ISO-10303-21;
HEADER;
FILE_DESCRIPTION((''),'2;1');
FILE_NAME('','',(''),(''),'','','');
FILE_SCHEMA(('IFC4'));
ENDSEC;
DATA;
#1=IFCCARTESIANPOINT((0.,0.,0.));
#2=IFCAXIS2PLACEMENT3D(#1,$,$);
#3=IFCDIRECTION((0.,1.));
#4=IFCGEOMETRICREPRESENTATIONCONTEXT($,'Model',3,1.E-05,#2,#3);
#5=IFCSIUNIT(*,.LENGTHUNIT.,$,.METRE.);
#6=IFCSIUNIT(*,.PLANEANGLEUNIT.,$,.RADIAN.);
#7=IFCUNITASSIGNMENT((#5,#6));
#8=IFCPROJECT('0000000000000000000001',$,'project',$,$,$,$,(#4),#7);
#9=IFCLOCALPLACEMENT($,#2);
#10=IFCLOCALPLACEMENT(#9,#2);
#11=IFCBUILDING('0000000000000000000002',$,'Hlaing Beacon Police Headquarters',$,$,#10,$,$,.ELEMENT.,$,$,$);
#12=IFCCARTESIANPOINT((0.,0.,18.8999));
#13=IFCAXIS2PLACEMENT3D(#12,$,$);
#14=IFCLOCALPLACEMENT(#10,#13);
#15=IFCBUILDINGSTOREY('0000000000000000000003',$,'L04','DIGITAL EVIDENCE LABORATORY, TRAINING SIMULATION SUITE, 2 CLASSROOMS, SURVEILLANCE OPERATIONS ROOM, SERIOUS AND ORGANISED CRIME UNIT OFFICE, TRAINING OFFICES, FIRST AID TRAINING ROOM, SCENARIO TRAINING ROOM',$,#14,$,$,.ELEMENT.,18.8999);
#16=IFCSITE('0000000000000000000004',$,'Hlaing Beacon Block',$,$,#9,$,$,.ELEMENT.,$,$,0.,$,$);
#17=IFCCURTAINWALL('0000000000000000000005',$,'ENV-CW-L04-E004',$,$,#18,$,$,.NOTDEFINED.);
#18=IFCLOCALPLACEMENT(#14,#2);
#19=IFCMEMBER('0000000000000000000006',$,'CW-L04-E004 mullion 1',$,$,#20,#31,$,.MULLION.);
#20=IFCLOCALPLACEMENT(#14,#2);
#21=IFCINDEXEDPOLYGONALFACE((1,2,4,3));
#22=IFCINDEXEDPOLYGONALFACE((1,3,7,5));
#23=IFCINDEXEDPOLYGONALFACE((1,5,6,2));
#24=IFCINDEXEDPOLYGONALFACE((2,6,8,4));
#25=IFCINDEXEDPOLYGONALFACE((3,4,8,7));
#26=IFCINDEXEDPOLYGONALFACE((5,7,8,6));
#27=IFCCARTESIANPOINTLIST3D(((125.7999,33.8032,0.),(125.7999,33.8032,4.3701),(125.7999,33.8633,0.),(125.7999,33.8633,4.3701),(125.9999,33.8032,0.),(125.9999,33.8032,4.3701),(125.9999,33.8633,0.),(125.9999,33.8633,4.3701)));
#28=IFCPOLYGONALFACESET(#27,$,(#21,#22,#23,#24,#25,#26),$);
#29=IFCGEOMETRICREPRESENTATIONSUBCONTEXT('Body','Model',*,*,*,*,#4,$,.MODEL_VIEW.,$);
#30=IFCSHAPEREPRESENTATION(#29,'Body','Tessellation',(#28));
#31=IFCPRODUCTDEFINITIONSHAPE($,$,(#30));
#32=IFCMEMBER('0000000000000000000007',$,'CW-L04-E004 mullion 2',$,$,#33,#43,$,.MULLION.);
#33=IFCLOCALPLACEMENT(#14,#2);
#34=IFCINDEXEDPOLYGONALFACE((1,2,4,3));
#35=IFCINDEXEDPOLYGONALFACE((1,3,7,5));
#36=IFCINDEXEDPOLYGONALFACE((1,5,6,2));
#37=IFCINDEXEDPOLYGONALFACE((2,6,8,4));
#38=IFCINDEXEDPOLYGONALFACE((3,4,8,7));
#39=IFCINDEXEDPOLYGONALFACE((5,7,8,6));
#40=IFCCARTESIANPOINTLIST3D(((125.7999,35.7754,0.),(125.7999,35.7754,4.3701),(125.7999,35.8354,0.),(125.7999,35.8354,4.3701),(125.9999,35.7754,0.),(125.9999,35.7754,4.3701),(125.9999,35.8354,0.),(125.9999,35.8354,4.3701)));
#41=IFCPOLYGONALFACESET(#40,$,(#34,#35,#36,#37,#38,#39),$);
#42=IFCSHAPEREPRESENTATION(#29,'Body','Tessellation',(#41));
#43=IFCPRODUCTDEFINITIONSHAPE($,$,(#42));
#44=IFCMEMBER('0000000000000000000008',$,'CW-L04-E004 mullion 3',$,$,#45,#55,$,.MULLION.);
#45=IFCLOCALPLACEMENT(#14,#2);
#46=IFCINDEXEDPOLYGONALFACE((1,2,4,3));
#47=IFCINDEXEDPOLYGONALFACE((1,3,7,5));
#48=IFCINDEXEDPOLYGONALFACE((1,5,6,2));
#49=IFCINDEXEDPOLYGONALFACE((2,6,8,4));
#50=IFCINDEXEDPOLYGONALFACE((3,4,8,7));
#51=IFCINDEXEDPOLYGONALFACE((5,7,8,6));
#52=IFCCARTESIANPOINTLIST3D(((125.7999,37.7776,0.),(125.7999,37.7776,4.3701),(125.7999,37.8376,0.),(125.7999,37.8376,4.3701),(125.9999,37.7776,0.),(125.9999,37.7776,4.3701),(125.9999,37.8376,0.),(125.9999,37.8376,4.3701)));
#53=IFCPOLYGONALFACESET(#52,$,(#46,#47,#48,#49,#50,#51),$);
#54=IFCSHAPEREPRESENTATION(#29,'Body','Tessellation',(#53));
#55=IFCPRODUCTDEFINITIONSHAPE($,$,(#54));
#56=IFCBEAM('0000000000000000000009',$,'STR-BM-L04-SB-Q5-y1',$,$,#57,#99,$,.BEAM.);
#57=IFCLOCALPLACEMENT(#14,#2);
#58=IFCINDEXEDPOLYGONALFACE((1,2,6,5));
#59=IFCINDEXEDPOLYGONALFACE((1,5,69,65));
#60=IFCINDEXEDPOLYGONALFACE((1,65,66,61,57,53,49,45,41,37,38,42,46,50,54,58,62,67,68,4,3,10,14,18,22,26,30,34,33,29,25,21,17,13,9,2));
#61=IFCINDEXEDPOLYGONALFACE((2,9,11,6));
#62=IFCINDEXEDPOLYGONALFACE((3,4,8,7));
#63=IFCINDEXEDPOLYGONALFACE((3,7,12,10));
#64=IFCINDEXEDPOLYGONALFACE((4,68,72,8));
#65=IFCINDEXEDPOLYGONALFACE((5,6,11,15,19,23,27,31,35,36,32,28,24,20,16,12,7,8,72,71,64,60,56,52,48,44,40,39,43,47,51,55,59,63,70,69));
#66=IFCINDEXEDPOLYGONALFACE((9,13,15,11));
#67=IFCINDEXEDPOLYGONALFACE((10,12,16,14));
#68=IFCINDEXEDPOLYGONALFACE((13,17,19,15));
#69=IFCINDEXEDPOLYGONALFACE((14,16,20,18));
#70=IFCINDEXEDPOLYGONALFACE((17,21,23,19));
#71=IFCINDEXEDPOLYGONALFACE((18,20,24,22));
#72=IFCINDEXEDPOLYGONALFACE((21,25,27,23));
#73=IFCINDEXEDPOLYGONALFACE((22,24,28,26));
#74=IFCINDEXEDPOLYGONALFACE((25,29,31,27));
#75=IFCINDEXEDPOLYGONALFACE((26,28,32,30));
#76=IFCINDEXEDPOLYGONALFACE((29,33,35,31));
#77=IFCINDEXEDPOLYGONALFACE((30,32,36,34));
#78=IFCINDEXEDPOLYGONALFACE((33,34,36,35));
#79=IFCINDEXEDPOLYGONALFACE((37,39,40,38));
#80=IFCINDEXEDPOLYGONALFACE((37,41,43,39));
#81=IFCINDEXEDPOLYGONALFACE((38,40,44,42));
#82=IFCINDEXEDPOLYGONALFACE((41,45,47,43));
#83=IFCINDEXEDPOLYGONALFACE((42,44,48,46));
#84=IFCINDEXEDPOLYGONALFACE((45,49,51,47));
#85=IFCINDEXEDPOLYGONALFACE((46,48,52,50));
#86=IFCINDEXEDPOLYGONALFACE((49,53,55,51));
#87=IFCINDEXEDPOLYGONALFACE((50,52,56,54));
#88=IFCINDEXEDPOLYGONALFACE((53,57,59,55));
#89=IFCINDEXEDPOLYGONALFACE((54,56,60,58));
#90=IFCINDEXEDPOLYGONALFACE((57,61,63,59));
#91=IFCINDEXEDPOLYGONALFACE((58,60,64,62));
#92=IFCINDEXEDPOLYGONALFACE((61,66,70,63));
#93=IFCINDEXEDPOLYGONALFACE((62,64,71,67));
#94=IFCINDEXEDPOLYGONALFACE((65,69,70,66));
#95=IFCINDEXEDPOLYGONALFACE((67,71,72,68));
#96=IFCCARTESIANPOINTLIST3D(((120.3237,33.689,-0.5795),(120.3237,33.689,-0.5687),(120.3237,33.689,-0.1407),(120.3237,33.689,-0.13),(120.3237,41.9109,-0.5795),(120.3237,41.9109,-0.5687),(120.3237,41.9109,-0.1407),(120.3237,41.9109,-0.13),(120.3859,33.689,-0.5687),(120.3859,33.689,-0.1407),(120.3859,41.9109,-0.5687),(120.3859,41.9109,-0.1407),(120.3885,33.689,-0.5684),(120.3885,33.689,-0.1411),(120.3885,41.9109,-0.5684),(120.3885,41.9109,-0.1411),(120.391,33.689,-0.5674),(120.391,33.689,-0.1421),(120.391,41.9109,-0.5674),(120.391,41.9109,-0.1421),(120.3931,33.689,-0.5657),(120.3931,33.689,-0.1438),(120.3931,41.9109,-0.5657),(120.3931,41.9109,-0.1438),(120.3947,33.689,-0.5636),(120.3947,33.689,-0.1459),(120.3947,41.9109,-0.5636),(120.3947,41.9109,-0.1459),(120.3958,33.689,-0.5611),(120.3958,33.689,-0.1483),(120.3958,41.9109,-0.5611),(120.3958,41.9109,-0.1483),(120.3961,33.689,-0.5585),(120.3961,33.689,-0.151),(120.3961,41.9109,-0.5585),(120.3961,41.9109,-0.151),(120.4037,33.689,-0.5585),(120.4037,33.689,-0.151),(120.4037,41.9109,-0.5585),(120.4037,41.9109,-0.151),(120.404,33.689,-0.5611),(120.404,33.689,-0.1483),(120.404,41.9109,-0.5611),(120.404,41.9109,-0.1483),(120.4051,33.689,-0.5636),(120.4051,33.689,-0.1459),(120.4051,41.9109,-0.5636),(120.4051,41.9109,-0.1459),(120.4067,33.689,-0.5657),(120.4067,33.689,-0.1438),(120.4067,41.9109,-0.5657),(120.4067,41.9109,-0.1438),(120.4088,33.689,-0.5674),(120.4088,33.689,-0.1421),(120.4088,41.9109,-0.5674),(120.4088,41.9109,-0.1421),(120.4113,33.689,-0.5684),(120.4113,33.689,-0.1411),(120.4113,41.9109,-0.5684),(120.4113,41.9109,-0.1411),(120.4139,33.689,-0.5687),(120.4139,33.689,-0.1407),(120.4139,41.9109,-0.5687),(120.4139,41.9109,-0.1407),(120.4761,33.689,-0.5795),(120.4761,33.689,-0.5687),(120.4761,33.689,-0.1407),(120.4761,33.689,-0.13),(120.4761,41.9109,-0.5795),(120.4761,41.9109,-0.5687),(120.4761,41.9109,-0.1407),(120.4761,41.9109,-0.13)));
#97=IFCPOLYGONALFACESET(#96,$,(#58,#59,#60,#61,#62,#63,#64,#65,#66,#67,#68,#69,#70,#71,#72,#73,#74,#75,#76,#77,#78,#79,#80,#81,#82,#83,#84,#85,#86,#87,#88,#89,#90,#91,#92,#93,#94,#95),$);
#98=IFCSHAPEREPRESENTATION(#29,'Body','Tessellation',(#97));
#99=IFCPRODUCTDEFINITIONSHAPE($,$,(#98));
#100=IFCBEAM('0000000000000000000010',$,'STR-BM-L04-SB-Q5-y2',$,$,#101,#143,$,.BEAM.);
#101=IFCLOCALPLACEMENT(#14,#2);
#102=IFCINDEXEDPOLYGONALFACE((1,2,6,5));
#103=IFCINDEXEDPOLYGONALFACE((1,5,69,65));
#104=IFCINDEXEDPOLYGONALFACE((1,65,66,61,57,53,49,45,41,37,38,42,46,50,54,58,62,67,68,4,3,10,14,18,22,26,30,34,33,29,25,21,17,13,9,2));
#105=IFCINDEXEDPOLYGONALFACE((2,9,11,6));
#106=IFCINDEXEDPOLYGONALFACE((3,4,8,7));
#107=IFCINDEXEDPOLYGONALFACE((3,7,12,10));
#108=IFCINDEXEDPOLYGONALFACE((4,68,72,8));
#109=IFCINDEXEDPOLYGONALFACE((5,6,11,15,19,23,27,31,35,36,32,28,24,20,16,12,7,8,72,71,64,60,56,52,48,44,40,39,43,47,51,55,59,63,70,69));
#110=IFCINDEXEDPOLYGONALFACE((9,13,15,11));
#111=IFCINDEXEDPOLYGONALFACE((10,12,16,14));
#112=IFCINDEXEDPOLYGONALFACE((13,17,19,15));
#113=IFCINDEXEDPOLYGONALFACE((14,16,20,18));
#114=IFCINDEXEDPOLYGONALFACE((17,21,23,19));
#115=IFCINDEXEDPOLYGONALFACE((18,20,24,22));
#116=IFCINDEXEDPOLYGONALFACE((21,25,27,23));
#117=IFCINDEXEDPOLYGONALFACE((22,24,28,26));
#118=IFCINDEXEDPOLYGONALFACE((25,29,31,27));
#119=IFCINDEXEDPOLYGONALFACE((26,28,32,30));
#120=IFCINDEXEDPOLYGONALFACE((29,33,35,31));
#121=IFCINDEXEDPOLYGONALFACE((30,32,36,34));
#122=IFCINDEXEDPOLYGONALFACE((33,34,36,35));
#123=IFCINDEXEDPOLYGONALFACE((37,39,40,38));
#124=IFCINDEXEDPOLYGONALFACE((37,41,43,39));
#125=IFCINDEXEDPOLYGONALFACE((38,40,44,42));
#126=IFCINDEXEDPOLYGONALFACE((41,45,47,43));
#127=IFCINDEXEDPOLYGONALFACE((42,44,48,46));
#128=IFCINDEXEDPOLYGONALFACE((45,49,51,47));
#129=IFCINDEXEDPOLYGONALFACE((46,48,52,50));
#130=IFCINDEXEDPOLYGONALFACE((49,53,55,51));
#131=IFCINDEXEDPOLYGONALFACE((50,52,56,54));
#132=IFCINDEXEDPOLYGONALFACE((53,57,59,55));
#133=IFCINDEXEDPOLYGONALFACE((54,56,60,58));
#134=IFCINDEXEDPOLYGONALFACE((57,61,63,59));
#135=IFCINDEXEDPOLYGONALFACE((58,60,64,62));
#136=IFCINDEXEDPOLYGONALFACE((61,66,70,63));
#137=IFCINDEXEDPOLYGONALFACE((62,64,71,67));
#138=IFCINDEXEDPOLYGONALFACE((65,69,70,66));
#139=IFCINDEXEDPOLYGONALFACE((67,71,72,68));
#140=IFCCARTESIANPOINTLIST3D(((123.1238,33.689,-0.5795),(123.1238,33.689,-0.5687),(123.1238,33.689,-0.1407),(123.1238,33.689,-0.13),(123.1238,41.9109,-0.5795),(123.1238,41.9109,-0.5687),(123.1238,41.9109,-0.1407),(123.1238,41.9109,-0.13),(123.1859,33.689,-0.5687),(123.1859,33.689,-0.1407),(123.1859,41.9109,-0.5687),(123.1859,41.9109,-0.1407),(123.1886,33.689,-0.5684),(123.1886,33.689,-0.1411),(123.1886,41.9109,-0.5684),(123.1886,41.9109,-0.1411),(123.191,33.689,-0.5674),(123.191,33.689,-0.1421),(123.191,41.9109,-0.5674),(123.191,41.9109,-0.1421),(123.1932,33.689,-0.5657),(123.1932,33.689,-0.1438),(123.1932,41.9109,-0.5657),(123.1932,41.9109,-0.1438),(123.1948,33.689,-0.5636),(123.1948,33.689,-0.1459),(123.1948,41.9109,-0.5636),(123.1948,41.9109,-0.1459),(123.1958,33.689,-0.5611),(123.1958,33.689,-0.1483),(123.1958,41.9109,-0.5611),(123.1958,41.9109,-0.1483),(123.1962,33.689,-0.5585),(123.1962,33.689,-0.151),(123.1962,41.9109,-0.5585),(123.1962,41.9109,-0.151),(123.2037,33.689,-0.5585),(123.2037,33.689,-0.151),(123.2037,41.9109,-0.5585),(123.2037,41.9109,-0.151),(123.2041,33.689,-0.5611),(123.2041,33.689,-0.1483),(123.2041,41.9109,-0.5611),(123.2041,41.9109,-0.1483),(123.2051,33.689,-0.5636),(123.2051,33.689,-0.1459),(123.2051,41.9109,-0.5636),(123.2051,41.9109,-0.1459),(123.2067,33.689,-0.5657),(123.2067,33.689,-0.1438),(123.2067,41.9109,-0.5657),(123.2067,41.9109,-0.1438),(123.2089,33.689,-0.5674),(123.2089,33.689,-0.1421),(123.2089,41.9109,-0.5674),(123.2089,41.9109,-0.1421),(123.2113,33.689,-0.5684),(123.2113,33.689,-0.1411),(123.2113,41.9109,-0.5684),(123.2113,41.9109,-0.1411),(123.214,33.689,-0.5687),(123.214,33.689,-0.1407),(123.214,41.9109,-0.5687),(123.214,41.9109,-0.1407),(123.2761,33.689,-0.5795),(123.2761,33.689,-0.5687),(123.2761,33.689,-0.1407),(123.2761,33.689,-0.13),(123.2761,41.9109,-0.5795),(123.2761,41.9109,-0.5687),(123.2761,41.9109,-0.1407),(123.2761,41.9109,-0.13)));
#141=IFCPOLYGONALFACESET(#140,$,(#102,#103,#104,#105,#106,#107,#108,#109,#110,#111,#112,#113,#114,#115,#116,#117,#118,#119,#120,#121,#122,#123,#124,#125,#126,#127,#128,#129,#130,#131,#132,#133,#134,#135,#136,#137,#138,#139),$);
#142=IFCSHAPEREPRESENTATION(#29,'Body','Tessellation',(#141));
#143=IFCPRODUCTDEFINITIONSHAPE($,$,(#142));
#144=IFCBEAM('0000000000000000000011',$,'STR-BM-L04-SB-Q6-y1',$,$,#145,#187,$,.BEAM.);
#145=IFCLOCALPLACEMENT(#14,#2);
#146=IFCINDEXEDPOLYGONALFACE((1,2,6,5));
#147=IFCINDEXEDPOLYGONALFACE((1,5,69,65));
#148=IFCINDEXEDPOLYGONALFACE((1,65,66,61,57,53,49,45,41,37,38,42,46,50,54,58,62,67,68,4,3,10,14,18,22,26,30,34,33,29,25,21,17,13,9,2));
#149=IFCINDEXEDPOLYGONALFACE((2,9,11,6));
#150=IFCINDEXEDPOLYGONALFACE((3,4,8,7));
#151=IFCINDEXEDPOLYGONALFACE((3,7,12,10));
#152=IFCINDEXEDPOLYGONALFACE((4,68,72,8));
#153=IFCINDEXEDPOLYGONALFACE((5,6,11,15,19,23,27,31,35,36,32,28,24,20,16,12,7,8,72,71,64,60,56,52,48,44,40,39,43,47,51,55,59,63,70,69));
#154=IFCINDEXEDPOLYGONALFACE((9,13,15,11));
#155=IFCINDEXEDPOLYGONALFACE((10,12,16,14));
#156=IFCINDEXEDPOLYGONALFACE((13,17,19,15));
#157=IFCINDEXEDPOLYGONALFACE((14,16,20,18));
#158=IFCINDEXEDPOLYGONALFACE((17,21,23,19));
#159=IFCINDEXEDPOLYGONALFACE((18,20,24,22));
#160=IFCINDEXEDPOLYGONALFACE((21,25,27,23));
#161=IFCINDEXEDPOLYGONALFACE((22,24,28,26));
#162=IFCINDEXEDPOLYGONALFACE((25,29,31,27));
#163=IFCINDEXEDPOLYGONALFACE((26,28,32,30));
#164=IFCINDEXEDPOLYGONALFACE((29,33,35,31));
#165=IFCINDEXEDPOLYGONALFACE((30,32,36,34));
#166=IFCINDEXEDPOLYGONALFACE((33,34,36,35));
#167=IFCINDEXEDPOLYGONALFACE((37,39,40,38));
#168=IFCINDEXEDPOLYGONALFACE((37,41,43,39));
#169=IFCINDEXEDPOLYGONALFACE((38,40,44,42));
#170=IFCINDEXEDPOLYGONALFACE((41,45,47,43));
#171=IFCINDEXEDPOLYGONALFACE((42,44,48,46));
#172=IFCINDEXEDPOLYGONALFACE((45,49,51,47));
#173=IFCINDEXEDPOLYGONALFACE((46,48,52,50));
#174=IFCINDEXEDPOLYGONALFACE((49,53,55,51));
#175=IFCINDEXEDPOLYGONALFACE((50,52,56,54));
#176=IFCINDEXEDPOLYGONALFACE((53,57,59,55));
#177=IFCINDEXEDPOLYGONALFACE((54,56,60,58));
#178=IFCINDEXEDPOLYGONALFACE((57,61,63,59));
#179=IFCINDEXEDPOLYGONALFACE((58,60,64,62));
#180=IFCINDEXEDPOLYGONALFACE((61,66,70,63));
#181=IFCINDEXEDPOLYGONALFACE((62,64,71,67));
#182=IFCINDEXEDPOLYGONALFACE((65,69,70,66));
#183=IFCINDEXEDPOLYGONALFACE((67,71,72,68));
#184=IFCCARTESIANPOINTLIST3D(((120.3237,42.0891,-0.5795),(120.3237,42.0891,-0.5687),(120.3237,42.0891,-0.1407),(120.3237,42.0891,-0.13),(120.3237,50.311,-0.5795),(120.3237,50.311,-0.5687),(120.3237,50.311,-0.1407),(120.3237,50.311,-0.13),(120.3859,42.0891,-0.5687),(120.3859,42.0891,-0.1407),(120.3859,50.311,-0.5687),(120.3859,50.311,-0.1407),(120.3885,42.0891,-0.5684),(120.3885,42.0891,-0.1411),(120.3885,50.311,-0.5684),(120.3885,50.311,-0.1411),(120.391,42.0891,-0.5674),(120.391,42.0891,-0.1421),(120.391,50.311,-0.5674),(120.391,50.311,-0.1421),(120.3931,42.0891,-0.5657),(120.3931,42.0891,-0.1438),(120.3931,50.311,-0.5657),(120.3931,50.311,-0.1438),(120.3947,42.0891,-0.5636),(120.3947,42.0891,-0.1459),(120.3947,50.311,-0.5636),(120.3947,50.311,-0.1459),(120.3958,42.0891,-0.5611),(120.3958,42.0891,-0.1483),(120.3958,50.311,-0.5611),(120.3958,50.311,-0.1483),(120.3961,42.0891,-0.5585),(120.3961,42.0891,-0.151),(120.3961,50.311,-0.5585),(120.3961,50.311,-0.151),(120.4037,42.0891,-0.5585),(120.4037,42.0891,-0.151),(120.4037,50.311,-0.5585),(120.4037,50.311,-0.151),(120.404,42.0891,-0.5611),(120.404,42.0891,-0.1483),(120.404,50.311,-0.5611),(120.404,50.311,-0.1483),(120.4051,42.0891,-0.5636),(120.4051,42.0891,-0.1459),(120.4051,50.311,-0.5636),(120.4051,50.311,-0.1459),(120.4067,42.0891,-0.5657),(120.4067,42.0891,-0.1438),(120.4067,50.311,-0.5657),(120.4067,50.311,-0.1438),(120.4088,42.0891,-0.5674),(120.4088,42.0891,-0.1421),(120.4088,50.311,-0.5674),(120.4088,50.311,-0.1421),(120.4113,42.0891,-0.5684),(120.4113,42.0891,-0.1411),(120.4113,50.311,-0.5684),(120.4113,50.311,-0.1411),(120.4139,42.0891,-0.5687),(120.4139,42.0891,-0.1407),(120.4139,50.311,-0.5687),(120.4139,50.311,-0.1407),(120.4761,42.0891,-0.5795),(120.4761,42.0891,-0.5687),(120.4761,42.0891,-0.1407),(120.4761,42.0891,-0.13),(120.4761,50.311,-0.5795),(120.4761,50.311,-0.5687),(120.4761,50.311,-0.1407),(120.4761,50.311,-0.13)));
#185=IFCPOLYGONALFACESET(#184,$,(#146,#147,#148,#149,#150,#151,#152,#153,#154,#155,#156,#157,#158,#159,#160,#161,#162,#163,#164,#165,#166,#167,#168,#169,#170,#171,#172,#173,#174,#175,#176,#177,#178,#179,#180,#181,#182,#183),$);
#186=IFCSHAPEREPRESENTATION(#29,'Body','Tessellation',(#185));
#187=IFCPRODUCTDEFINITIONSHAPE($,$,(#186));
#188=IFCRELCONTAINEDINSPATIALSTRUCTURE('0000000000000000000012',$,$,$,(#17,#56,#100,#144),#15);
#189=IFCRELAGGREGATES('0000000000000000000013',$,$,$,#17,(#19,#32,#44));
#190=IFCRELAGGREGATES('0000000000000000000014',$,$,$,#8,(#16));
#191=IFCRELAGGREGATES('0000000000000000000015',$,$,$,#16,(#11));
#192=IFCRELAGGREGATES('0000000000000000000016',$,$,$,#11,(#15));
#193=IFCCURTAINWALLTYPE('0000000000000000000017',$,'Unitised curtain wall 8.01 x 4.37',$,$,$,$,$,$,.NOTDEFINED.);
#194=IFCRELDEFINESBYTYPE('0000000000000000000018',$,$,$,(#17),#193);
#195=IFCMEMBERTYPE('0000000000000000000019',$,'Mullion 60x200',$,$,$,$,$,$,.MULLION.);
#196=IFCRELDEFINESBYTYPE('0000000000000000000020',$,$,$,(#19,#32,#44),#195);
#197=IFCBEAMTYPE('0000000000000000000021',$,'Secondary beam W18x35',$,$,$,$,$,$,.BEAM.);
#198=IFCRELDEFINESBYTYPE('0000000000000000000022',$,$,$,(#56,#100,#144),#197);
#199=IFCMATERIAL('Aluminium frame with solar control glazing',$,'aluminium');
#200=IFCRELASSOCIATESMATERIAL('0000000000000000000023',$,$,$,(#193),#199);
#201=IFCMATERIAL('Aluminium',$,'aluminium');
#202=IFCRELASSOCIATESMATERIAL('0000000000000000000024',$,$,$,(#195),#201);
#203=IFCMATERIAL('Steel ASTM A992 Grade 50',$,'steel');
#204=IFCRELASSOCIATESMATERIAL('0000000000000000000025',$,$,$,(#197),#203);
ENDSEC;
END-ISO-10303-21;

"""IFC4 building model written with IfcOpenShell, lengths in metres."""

from ifc_helpers import new_model, si_unit, direction, frame, origin, origin_2d, place, context, subcontext, project, spatial, rectangle, i_section, extrude, material, material_profile, profile_set, type_object, element, aggregate, save


model = new_model("IFC4")

# Units and contexts
model_context = context("Model", 3, precision=1e-05, world=origin(), true_north=direction((0.0, 1.0)))
body_context = subcontext(model_context, "Body", "Model", "MODEL_VIEW")
ifc_project = project(units=[si_unit("LENGTHUNIT", "METRE"), si_unit("PLANEANGLEUNIT", "RADIAN")], contexts=[model_context])

# Site, building, storey
site_placement = place(None, origin())
site = spatial("IfcSite", under=ifc_project, at=site_placement, Name="Hlaing Beacon Block", CompositionType="ELEMENT", RefElevation=0.0)
building_placement = place(site_placement, origin())
building = spatial("IfcBuilding", under=site, at=building_placement, Name="Hlaing Beacon Police Headquarters", CompositionType="ELEMENT")
storey_placement = place(building_placement, frame((0.0, 0.0, 18.8999)))
storey = spatial("IfcBuildingStorey", under=building, at=storey_placement, Name="L04", Description="DIGITAL EVIDENCE LABORATORY, TRAINING SIMULATION SUITE, 2 CLASSROOMS, SURVEILLANCE OPERATIONS ROOM, SERIOUS AND ORGANISED CRIME UNIT OFFICE, TRAINING OFFICES, FIRST AID TRAINING ROOM, SCENARIO TRAINING ROOM", CompositionType="ELEMENT", Elevation=18.8999)

# Curtain wall, members
ifc_material_1 = material(Name="Aluminium frame with solar control glazing", Category="aluminium")
curtain_wall_type = type_object("IfcCurtainWallType", Name="Unitised curtain wall 8.01 x 4.37", PredefinedType="NOTDEFINED", material=ifc_material_1)
curtain_wall_placement = place(storey_placement, origin())
curtain_wall = element("IfcCurtainWall", 1, at=curtain_wall_placement, inside=storey, type_object=curtain_wall_type, Name="ENV-CW-L04-E004", PredefinedType="NOTDEFINED")
ifc_material_2 = material(Name="Aluminium", Category="aluminium")
ifc_material_profile_1 = material_profile(ifc_material_2, rectangle(XDim=0.2, YDim=0.0601, at=origin_2d()), Name="Mullion 60x200")
ifc_profile_set_1 = profile_set([ifc_material_profile_1], Name="Aluminium")
member_type_1 = type_object("IfcMemberType", Name="Mullion 60x200", PredefinedType="MULLION", material=ifc_profile_set_1)
member_1_placement = place(storey_placement, frame((125.8999, 33.8333, 0.0), z_axis=(0.0, 0.0, 1.0), x_axis=(-1.0, 0.0, 0.0)))
member_1 = element("IfcMember", 2, at=member_1_placement, type_object=member_type_1, Name="CW-L04-E004 mullion 1", PredefinedType="MULLION", context=body_context, shape_type="SweptSolid", body=[
    extrude(rectangle(XDim=0.2, YDim=0.0601, at=origin_2d()), origin(), (0.0, 0.0, 1.0), 4.3701),
])
member_2_placement = place(storey_placement, frame((125.8999, 35.8054, 0.0), z_axis=(0.0, 0.0, 1.0), x_axis=(-1.0, 0.0, 0.0)))
member_2 = element("IfcMember", 3, at=member_2_placement, type_object=member_type_1, Name="CW-L04-E004 mullion 2", PredefinedType="MULLION", context=body_context, shape_type="SweptSolid", body=[
    extrude(rectangle(XDim=0.2, YDim=0.0601, at=origin_2d()), origin(), (0.0, 0.0, 1.0), 4.3701),
])
member_3_placement = place(storey_placement, frame((125.8999, 37.8076, 0.0), z_axis=(0.0, 0.0, 1.0), x_axis=(-1.0, 0.0, 0.0)))
member_3 = element("IfcMember", 4, at=member_3_placement, type_object=member_type_1, Name="CW-L04-E004 mullion 3", PredefinedType="MULLION", context=body_context, shape_type="SweptSolid", body=[
    extrude(rectangle(XDim=0.2, YDim=0.0601, at=origin_2d()), origin(), (0.0, 0.0, 1.0), 4.3701),
])

# Beams
ifc_material_3 = material(Name="Steel ASTM A992 Grade 50", Category="steel")
ifc_material_profile_2 = material_profile(ifc_material_3, i_section(OverallWidth=0.1523, OverallDepth=0.4495, WebThickness=0.0076, FlangeThickness=0.0107, FilletRadius=0.0103, at=origin_2d()), Name="W18x35")
ifc_profile_set_2 = profile_set([ifc_material_profile_2], Name="Steel ASTM A992 Grade 50")
beam_type = type_object("IfcBeamType", Name="Secondary beam W18x35", PredefinedType="BEAM", material=ifc_profile_set_2)
for number, where, z_axis, x_axis, name in (
    (5, (120.3999, 33.689, -0.3547), (0.0, 1.0, 0.0), (-1.0, 0.0, 0.0), "STR-BM-L04-SB-Q5-y1"),
    (6, (123.2, 33.689, -0.3547), (0.0, 1.0, 0.0), (-1.0, 0.0, 0.0), "STR-BM-L04-SB-Q5-y2"),
    (7, (120.3999, 42.0891, -0.3547), (0.0, 1.0, 0.0), (-1.0, 0.0, 0.0), "STR-BM-L04-SB-Q6-y1"),
):
    element("IfcBeam", number, at=place(storey_placement, frame(where, z_axis=z_axis, x_axis=x_axis)), inside=storey, type_object=beam_type, Name=name, PredefinedType="BEAM", context=body_context, shape_type="SweptSolid", body=[
        extrude(i_section(OverallWidth=0.1523, OverallDepth=0.4495, WebThickness=0.0076, FlangeThickness=0.0107, FilletRadius=0.0103, at=origin_2d()), origin(), (0.0, 0.0, 1.0), 8.2219),
    ])

aggregate(curtain_wall, [member_1, member_2, member_3])

save(model, "model.ifc")
